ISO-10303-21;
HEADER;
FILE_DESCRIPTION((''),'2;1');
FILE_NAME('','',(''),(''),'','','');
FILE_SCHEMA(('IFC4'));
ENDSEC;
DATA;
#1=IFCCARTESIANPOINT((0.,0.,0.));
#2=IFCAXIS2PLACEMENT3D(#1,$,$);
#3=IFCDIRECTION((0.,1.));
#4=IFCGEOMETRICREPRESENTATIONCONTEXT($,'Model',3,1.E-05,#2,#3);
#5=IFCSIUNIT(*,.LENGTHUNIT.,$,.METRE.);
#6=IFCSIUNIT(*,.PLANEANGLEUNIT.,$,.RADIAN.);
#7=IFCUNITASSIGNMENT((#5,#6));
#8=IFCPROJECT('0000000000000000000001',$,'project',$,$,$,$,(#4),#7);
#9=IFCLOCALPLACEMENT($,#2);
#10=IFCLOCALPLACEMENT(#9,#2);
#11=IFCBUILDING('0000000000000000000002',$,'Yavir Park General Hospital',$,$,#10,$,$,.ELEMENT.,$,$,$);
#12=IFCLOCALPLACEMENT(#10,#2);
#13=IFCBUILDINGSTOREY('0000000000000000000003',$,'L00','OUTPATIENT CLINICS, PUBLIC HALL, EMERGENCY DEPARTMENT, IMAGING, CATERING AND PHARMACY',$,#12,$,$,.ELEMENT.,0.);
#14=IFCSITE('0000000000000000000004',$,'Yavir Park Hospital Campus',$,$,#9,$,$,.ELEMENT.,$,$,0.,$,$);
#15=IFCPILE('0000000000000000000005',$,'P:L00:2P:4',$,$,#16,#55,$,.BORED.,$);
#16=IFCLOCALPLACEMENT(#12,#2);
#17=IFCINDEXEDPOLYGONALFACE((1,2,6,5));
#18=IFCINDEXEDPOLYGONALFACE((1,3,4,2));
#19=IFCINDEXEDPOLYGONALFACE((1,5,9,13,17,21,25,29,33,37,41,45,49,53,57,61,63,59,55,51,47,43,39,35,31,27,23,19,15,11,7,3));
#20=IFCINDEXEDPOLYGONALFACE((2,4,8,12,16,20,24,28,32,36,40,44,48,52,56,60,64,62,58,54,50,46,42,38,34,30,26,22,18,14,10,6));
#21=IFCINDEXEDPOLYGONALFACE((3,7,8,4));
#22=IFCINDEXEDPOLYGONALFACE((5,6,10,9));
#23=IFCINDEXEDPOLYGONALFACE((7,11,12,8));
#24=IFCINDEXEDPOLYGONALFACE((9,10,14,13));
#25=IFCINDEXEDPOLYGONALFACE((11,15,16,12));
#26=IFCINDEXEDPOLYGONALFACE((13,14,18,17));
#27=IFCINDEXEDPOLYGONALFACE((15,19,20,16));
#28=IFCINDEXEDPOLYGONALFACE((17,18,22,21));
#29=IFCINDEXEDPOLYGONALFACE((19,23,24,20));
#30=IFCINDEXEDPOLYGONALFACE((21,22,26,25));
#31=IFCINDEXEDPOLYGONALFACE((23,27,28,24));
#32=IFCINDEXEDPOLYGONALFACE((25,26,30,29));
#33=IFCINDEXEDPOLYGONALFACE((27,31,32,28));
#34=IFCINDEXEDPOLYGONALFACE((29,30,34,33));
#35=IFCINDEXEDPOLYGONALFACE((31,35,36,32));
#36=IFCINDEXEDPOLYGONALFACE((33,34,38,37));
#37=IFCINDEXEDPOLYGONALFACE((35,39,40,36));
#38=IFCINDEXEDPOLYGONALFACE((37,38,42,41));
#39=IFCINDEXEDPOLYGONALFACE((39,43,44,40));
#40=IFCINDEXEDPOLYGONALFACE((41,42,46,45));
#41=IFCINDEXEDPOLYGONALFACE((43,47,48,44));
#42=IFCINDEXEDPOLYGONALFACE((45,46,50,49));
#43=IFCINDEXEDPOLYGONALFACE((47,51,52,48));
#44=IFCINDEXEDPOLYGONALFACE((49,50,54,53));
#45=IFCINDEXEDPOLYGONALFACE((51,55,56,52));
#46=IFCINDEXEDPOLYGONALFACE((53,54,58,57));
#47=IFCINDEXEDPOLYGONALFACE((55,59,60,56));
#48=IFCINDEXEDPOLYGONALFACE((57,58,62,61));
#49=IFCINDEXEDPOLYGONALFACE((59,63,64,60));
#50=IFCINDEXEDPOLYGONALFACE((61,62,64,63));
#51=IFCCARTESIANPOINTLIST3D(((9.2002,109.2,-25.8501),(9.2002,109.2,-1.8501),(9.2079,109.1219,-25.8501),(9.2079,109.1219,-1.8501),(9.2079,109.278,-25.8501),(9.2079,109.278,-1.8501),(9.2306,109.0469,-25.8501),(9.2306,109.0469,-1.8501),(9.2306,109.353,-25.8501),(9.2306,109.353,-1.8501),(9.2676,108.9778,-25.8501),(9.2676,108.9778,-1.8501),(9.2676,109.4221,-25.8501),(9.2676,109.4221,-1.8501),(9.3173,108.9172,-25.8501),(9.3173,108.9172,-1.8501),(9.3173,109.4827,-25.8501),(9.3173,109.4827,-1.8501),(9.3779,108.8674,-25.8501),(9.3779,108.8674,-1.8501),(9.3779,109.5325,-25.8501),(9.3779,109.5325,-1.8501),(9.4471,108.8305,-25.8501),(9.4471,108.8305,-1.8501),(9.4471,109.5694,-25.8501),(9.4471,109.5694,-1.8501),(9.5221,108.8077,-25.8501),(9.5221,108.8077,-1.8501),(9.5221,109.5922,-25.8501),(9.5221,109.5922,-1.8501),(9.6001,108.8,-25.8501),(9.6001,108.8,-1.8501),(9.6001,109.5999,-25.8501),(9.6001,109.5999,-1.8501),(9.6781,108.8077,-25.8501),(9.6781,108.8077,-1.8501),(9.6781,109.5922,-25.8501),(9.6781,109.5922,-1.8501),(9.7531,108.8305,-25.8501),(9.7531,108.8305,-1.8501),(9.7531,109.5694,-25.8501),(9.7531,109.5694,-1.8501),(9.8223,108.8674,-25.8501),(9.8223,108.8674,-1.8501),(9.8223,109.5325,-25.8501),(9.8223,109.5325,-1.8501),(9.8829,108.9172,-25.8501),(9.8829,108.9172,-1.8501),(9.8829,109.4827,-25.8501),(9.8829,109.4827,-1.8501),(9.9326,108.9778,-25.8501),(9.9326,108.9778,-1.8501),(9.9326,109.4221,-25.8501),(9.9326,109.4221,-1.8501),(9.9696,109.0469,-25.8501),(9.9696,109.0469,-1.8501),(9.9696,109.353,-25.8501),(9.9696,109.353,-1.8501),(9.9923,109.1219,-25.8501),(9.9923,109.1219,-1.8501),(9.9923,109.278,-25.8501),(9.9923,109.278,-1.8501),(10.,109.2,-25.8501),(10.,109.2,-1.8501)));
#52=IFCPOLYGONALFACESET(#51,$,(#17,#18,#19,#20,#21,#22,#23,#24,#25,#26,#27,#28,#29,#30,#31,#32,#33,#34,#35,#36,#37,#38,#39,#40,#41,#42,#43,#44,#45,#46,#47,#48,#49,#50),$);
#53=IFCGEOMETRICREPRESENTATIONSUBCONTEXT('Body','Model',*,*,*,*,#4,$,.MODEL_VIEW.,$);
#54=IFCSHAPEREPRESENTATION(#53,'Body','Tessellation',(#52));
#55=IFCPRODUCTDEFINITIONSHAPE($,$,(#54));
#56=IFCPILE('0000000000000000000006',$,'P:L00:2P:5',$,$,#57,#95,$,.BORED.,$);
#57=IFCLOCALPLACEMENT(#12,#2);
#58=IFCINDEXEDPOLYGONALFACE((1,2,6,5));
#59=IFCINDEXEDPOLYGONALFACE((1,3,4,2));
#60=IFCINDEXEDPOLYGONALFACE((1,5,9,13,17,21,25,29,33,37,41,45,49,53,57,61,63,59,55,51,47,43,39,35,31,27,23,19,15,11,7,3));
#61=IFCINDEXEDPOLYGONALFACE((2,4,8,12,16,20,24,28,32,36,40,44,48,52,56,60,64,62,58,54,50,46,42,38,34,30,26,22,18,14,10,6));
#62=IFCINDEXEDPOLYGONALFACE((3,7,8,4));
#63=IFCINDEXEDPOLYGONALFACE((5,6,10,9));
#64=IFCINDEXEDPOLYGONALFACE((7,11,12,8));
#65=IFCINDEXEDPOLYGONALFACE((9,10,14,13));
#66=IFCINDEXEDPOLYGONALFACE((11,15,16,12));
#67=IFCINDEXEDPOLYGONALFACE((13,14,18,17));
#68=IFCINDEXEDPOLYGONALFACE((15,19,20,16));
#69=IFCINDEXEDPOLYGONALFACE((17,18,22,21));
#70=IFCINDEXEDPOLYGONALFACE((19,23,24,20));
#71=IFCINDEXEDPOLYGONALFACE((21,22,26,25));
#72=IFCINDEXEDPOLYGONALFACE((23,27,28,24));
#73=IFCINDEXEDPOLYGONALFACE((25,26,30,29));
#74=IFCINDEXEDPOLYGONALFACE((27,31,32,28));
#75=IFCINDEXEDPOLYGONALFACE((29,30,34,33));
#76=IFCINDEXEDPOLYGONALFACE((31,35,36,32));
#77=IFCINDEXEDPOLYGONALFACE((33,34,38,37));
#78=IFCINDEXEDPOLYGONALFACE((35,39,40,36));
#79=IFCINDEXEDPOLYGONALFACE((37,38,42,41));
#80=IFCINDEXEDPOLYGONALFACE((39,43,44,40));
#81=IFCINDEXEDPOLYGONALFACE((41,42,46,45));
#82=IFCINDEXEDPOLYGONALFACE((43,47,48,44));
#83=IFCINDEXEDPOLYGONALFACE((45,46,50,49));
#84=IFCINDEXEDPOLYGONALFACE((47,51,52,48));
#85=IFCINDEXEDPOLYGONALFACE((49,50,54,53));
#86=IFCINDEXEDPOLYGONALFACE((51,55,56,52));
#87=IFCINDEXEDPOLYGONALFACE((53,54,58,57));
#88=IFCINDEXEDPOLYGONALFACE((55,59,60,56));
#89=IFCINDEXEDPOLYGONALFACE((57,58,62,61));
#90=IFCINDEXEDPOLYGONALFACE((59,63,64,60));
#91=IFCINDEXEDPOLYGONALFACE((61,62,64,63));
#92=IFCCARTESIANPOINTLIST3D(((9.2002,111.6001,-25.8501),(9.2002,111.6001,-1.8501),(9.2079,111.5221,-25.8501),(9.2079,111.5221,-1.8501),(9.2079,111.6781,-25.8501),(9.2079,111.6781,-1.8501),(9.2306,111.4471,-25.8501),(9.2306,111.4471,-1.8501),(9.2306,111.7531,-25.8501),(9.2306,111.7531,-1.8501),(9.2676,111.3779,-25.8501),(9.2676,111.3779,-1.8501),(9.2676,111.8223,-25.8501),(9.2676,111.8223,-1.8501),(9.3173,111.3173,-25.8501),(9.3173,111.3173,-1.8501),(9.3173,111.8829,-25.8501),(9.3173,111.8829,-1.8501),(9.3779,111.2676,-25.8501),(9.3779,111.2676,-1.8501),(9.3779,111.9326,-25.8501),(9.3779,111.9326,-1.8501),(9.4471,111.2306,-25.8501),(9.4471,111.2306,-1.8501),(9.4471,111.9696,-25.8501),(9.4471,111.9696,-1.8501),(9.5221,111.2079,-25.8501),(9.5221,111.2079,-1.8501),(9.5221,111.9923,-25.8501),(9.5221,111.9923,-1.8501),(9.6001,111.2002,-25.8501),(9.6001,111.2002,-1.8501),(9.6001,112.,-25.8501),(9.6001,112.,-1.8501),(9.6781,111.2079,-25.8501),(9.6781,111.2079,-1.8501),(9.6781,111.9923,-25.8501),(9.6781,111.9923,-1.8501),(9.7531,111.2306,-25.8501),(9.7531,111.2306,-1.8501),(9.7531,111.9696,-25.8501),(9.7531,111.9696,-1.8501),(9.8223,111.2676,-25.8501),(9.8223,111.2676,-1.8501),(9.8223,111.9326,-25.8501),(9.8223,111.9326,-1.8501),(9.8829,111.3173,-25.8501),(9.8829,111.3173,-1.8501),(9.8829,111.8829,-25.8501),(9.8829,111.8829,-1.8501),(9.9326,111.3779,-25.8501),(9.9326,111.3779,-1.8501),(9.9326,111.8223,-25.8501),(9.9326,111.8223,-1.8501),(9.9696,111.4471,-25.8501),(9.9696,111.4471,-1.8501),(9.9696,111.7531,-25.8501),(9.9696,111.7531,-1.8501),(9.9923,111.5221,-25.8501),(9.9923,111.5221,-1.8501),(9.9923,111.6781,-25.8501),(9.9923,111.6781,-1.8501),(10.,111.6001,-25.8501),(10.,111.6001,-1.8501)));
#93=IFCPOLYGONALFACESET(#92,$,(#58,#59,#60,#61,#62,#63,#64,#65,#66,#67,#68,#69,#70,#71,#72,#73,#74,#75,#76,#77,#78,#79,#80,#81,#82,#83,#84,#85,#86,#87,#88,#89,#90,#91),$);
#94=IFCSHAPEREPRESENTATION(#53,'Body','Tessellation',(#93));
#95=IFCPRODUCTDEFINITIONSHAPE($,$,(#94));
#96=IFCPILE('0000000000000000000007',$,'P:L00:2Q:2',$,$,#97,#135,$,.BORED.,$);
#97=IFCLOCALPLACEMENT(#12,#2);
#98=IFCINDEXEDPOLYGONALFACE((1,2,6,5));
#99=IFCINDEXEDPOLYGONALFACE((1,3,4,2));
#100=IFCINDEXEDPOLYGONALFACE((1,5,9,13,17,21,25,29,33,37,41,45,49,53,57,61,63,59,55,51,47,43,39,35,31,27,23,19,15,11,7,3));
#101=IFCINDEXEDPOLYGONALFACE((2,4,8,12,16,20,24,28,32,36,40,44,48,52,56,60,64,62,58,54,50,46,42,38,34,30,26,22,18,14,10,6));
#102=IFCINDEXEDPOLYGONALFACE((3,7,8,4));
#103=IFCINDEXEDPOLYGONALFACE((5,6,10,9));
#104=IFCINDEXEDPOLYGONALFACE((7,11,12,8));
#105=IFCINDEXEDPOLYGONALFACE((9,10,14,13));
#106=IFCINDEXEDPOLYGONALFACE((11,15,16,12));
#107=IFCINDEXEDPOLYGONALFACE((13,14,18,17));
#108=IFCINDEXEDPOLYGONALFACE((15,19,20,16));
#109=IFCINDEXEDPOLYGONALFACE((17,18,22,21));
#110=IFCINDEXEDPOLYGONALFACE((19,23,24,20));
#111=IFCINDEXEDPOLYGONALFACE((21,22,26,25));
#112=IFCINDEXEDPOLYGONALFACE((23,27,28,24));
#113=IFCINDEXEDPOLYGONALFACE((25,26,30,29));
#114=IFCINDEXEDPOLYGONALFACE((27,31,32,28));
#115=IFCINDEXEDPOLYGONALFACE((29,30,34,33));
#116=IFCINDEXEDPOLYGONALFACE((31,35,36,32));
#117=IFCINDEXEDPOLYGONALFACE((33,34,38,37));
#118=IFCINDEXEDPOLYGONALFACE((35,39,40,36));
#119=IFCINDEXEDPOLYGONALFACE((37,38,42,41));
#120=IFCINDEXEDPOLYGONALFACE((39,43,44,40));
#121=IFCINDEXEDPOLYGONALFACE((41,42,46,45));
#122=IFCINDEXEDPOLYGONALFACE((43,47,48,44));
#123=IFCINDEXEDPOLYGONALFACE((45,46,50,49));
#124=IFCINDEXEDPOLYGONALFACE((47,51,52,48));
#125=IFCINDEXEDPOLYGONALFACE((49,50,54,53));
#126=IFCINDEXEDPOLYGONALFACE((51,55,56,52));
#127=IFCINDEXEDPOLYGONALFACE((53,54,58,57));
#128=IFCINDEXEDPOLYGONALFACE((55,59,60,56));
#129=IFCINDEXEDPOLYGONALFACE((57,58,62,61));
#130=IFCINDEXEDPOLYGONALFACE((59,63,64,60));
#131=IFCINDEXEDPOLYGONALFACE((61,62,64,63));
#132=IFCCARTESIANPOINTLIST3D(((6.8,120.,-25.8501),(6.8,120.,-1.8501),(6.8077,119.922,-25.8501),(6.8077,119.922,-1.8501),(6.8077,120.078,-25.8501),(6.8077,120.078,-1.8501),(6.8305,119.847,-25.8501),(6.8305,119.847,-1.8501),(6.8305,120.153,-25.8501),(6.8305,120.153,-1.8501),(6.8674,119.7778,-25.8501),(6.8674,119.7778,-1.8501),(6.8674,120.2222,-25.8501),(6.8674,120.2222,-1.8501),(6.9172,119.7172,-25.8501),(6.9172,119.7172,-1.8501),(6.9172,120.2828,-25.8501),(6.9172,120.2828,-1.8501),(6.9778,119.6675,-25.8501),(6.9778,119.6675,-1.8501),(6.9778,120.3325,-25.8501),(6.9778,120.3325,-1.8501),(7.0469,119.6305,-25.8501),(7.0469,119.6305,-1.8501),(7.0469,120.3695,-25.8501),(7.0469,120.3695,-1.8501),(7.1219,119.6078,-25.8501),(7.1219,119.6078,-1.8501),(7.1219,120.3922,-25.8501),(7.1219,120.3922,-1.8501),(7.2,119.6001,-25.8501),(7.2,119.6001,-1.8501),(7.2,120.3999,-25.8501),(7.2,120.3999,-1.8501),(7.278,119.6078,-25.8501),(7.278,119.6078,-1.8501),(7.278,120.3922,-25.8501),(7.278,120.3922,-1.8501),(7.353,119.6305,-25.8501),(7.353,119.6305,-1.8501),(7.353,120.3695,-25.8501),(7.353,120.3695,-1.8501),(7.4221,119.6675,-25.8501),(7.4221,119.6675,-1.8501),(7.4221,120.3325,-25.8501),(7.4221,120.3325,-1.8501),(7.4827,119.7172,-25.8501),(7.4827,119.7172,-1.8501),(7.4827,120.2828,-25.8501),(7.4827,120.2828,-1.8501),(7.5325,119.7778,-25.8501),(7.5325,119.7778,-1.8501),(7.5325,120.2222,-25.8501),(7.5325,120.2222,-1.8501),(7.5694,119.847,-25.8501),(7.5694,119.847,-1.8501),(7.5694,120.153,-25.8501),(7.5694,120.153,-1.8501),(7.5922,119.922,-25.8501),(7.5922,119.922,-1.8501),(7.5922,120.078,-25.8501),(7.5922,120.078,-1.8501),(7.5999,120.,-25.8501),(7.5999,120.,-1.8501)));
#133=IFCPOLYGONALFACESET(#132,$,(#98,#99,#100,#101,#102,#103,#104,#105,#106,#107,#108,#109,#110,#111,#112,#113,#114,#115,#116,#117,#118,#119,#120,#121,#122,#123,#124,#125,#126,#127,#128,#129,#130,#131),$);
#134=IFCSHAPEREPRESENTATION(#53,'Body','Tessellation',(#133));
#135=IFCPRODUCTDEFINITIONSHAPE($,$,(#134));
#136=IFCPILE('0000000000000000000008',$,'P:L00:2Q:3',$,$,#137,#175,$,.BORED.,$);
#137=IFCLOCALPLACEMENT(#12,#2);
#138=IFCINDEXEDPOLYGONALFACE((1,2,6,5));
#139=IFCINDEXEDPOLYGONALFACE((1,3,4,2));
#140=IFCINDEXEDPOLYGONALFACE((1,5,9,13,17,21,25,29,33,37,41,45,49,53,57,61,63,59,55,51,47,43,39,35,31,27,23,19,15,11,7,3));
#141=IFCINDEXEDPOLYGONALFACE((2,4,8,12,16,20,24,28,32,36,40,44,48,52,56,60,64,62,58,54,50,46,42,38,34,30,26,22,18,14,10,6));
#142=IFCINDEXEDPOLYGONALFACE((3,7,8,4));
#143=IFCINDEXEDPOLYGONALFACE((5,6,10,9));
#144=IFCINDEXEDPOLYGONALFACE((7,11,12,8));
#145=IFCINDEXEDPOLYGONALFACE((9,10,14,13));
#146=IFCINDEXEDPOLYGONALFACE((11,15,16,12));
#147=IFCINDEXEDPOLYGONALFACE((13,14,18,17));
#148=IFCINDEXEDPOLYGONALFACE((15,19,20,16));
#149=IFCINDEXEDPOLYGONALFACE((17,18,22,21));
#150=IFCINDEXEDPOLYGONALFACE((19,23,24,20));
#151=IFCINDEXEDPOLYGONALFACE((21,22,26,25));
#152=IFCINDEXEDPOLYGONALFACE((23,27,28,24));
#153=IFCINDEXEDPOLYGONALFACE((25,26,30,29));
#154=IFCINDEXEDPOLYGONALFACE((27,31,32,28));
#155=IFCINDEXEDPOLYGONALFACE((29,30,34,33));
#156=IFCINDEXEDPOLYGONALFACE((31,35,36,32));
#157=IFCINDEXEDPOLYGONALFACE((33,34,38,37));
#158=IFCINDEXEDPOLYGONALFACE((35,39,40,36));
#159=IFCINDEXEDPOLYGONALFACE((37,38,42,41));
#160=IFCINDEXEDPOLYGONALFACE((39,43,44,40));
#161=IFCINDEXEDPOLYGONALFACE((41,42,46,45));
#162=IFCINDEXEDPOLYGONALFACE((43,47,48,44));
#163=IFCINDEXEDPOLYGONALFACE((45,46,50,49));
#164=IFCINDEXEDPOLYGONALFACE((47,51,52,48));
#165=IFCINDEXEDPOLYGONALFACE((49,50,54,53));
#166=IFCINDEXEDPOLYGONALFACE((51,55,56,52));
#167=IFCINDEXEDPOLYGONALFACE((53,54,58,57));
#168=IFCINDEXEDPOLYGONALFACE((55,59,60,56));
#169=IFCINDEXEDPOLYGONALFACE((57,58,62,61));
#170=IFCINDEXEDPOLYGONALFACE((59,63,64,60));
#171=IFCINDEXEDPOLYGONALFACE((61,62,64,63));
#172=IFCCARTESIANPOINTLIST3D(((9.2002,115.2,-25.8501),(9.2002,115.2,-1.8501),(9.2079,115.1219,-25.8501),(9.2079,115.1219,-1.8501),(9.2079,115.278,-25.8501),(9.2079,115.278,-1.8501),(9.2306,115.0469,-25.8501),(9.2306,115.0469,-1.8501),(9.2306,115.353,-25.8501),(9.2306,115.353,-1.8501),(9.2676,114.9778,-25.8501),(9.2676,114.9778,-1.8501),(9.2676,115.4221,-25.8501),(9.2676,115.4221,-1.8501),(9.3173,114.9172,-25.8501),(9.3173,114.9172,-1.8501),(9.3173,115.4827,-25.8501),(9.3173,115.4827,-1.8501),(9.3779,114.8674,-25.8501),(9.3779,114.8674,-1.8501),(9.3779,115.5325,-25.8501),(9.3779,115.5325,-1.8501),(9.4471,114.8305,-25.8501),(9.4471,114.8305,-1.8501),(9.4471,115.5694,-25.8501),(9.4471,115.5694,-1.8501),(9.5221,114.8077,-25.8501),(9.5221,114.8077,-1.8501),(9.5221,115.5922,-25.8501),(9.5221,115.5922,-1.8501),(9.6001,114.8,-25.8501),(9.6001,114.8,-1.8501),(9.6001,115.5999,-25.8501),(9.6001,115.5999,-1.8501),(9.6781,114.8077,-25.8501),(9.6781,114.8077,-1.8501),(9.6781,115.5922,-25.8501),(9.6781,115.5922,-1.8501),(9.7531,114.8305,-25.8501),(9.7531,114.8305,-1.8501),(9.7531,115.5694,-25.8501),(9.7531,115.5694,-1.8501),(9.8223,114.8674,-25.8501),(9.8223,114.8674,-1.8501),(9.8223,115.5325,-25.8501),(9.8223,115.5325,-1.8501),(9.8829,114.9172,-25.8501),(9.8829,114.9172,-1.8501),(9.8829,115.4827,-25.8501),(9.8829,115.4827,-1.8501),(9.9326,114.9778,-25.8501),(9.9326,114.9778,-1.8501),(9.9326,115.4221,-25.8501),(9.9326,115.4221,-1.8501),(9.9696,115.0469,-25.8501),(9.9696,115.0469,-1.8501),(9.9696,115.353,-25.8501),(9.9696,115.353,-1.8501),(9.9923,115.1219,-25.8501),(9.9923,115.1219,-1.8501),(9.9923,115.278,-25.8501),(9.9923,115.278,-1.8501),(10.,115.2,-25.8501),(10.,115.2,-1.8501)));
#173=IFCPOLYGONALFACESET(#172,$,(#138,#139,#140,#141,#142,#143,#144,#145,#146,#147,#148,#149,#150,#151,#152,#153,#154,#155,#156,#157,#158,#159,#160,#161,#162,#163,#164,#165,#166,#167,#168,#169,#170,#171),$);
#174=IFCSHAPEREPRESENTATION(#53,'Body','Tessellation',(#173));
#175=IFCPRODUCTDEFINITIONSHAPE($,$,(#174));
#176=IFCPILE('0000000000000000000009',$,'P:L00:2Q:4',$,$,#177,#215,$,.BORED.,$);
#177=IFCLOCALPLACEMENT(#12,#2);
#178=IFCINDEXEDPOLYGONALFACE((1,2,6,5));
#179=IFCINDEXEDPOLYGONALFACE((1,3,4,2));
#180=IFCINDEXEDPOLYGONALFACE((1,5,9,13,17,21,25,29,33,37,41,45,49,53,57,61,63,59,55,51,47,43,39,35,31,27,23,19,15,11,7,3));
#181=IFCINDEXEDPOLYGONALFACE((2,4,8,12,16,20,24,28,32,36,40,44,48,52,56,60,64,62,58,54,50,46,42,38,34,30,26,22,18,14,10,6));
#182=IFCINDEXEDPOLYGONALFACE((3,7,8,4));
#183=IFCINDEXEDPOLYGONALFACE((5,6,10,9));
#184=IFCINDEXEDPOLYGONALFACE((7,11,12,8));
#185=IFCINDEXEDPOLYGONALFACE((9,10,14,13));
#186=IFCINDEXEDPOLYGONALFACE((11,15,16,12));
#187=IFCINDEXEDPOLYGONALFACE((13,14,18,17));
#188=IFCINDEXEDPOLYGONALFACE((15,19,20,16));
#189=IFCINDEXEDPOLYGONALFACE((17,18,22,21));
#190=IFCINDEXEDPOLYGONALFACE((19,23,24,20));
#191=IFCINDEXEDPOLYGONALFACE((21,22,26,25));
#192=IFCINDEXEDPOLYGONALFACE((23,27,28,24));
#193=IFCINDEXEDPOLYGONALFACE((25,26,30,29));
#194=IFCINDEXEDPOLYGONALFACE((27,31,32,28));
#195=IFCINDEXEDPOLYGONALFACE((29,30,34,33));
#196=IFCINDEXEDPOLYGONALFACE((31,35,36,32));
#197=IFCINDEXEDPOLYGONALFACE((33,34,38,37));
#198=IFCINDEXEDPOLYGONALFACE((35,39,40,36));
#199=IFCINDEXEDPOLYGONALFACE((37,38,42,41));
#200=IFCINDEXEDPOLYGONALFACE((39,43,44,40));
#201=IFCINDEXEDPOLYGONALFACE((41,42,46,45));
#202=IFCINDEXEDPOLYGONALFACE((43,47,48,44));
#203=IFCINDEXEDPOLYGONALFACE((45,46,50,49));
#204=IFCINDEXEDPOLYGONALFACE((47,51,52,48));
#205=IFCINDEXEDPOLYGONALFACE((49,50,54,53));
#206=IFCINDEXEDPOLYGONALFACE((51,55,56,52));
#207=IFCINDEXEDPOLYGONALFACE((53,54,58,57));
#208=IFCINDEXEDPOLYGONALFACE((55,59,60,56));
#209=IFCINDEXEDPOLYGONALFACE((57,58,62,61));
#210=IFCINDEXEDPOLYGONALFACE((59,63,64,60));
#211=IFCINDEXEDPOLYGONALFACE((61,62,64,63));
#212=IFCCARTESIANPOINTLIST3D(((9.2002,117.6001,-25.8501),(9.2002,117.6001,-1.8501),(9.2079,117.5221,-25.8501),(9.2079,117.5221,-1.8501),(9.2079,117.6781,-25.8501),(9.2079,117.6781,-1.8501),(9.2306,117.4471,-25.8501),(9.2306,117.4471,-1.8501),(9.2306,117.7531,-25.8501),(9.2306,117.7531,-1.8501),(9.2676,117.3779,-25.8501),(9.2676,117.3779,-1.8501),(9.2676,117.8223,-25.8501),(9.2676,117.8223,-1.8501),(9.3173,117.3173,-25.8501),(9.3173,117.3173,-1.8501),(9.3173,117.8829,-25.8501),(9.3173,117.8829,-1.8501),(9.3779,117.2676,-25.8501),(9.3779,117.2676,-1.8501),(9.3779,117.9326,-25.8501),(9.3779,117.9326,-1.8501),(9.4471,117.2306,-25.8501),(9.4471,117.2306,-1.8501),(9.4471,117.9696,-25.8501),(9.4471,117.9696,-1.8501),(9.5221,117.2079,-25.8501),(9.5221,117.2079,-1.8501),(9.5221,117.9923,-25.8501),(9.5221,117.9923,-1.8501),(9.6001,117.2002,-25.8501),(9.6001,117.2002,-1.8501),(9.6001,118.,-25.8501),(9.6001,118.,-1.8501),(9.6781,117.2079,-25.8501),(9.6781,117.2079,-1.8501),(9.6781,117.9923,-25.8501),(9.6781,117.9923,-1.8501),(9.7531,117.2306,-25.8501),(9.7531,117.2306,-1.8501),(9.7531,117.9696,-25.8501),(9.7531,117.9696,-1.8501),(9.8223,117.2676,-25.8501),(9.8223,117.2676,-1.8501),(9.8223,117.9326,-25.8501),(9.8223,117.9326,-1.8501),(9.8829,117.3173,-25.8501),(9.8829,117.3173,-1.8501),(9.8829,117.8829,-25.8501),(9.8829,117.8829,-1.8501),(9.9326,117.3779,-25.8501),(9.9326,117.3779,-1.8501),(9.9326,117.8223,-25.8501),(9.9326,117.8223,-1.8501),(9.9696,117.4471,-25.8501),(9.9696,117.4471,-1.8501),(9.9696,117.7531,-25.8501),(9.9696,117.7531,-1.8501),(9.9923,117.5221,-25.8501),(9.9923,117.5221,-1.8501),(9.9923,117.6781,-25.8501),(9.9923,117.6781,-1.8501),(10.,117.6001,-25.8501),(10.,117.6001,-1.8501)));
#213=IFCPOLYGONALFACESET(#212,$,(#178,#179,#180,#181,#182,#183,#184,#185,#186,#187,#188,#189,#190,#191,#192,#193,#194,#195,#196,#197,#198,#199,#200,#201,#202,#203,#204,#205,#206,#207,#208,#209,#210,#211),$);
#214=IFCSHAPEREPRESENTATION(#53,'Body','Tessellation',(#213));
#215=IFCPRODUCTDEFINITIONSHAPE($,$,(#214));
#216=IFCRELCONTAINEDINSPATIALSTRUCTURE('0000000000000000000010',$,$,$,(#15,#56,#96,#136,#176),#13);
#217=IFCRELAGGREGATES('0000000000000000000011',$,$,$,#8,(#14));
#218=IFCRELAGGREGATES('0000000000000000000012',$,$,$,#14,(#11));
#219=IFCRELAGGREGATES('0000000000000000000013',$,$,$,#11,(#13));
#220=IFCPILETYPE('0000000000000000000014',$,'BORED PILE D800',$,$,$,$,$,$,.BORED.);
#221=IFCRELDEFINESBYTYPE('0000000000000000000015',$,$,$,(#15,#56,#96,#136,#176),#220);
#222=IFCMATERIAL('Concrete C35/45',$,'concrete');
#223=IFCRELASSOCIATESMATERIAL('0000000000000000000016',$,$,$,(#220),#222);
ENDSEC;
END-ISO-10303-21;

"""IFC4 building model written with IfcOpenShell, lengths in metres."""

from ifc_helpers import new_model, si_unit, direction, frame, origin, origin_2d, place, context, subcontext, project, spatial, circle, extrude, material, material_profile, profile_set, type_object, element, save


model = new_model("IFC4")

# Units and contexts
model_context = context("Model", 3, precision=1e-05, world=origin(), true_north=direction((0.0, 1.0)))
body_context = subcontext(model_context, "Body", "Model", "MODEL_VIEW")
ifc_project = project(units=[si_unit("LENGTHUNIT", "METRE"), si_unit("PLANEANGLEUNIT", "RADIAN")], contexts=[model_context])

# Site, building, storey
site_placement = place(None, origin())
site = spatial("IfcSite", under=ifc_project, at=site_placement, Name="Yavir Park Hospital Campus", CompositionType="ELEMENT", RefElevation=0.0)
building_placement = place(site_placement, origin())
building = spatial("IfcBuilding", under=site, at=building_placement, Name="Yavir Park General Hospital", CompositionType="ELEMENT")
storey_placement = place(building_placement, origin())
storey = spatial("IfcBuildingStorey", under=building, at=storey_placement, Name="L00", Description="OUTPATIENT CLINICS, PUBLIC HALL, EMERGENCY DEPARTMENT, IMAGING, CATERING AND PHARMACY", CompositionType="ELEMENT", Elevation=0.0)

# Piles
ifc_material_1 = material(Name="Concrete C35/45", Category="concrete")
ifc_material_profile_1 = material_profile(ifc_material_1, circle(Radius=0.3999, at=origin_2d()), Name="D800")
ifc_profile_set_1 = profile_set([ifc_material_profile_1], Name="Concrete C35/45")
pile_type = type_object("IfcPileType", Name="BORED PILE D800", PredefinedType="BORED", material=ifc_profile_set_1)
for number, where, z_axis, x_axis, name in (
    (1, (9.6001, 109.2, -1.8501), (0.0, 0.0, -1.0), (1.0, 0.0, 0.0), "P:L00:2P:4"),
    (2, (9.6001, 111.6001, -1.8501), (0.0, 0.0, -1.0), (1.0, 0.0, 0.0), "P:L00:2P:5"),
    (3, (7.2, 120.0, -1.8501), (0.0, 0.0, -1.0), (1.0, 0.0, 0.0), "P:L00:2Q:2"),
    (4, (9.6001, 115.2, -1.8501), (0.0, 0.0, -1.0), (1.0, 0.0, 0.0), "P:L00:2Q:3"),
    (5, (9.6001, 117.6001, -1.8501), (0.0, 0.0, -1.0), (1.0, 0.0, 0.0), "P:L00:2Q:4"),
):
    element("IfcPile", number, at=place(storey_placement, frame(where, z_axis=z_axis, x_axis=x_axis)), inside=storey, type_object=pile_type, Name=name, PredefinedType="BORED", context=body_context, shape_type="SweptSolid", body=[
        extrude(circle(Radius=0.3999, at=origin_2d()), origin(), (0.0, 0.0, 1.0), 24.0),
    ])

save(model, "model.ifc")
